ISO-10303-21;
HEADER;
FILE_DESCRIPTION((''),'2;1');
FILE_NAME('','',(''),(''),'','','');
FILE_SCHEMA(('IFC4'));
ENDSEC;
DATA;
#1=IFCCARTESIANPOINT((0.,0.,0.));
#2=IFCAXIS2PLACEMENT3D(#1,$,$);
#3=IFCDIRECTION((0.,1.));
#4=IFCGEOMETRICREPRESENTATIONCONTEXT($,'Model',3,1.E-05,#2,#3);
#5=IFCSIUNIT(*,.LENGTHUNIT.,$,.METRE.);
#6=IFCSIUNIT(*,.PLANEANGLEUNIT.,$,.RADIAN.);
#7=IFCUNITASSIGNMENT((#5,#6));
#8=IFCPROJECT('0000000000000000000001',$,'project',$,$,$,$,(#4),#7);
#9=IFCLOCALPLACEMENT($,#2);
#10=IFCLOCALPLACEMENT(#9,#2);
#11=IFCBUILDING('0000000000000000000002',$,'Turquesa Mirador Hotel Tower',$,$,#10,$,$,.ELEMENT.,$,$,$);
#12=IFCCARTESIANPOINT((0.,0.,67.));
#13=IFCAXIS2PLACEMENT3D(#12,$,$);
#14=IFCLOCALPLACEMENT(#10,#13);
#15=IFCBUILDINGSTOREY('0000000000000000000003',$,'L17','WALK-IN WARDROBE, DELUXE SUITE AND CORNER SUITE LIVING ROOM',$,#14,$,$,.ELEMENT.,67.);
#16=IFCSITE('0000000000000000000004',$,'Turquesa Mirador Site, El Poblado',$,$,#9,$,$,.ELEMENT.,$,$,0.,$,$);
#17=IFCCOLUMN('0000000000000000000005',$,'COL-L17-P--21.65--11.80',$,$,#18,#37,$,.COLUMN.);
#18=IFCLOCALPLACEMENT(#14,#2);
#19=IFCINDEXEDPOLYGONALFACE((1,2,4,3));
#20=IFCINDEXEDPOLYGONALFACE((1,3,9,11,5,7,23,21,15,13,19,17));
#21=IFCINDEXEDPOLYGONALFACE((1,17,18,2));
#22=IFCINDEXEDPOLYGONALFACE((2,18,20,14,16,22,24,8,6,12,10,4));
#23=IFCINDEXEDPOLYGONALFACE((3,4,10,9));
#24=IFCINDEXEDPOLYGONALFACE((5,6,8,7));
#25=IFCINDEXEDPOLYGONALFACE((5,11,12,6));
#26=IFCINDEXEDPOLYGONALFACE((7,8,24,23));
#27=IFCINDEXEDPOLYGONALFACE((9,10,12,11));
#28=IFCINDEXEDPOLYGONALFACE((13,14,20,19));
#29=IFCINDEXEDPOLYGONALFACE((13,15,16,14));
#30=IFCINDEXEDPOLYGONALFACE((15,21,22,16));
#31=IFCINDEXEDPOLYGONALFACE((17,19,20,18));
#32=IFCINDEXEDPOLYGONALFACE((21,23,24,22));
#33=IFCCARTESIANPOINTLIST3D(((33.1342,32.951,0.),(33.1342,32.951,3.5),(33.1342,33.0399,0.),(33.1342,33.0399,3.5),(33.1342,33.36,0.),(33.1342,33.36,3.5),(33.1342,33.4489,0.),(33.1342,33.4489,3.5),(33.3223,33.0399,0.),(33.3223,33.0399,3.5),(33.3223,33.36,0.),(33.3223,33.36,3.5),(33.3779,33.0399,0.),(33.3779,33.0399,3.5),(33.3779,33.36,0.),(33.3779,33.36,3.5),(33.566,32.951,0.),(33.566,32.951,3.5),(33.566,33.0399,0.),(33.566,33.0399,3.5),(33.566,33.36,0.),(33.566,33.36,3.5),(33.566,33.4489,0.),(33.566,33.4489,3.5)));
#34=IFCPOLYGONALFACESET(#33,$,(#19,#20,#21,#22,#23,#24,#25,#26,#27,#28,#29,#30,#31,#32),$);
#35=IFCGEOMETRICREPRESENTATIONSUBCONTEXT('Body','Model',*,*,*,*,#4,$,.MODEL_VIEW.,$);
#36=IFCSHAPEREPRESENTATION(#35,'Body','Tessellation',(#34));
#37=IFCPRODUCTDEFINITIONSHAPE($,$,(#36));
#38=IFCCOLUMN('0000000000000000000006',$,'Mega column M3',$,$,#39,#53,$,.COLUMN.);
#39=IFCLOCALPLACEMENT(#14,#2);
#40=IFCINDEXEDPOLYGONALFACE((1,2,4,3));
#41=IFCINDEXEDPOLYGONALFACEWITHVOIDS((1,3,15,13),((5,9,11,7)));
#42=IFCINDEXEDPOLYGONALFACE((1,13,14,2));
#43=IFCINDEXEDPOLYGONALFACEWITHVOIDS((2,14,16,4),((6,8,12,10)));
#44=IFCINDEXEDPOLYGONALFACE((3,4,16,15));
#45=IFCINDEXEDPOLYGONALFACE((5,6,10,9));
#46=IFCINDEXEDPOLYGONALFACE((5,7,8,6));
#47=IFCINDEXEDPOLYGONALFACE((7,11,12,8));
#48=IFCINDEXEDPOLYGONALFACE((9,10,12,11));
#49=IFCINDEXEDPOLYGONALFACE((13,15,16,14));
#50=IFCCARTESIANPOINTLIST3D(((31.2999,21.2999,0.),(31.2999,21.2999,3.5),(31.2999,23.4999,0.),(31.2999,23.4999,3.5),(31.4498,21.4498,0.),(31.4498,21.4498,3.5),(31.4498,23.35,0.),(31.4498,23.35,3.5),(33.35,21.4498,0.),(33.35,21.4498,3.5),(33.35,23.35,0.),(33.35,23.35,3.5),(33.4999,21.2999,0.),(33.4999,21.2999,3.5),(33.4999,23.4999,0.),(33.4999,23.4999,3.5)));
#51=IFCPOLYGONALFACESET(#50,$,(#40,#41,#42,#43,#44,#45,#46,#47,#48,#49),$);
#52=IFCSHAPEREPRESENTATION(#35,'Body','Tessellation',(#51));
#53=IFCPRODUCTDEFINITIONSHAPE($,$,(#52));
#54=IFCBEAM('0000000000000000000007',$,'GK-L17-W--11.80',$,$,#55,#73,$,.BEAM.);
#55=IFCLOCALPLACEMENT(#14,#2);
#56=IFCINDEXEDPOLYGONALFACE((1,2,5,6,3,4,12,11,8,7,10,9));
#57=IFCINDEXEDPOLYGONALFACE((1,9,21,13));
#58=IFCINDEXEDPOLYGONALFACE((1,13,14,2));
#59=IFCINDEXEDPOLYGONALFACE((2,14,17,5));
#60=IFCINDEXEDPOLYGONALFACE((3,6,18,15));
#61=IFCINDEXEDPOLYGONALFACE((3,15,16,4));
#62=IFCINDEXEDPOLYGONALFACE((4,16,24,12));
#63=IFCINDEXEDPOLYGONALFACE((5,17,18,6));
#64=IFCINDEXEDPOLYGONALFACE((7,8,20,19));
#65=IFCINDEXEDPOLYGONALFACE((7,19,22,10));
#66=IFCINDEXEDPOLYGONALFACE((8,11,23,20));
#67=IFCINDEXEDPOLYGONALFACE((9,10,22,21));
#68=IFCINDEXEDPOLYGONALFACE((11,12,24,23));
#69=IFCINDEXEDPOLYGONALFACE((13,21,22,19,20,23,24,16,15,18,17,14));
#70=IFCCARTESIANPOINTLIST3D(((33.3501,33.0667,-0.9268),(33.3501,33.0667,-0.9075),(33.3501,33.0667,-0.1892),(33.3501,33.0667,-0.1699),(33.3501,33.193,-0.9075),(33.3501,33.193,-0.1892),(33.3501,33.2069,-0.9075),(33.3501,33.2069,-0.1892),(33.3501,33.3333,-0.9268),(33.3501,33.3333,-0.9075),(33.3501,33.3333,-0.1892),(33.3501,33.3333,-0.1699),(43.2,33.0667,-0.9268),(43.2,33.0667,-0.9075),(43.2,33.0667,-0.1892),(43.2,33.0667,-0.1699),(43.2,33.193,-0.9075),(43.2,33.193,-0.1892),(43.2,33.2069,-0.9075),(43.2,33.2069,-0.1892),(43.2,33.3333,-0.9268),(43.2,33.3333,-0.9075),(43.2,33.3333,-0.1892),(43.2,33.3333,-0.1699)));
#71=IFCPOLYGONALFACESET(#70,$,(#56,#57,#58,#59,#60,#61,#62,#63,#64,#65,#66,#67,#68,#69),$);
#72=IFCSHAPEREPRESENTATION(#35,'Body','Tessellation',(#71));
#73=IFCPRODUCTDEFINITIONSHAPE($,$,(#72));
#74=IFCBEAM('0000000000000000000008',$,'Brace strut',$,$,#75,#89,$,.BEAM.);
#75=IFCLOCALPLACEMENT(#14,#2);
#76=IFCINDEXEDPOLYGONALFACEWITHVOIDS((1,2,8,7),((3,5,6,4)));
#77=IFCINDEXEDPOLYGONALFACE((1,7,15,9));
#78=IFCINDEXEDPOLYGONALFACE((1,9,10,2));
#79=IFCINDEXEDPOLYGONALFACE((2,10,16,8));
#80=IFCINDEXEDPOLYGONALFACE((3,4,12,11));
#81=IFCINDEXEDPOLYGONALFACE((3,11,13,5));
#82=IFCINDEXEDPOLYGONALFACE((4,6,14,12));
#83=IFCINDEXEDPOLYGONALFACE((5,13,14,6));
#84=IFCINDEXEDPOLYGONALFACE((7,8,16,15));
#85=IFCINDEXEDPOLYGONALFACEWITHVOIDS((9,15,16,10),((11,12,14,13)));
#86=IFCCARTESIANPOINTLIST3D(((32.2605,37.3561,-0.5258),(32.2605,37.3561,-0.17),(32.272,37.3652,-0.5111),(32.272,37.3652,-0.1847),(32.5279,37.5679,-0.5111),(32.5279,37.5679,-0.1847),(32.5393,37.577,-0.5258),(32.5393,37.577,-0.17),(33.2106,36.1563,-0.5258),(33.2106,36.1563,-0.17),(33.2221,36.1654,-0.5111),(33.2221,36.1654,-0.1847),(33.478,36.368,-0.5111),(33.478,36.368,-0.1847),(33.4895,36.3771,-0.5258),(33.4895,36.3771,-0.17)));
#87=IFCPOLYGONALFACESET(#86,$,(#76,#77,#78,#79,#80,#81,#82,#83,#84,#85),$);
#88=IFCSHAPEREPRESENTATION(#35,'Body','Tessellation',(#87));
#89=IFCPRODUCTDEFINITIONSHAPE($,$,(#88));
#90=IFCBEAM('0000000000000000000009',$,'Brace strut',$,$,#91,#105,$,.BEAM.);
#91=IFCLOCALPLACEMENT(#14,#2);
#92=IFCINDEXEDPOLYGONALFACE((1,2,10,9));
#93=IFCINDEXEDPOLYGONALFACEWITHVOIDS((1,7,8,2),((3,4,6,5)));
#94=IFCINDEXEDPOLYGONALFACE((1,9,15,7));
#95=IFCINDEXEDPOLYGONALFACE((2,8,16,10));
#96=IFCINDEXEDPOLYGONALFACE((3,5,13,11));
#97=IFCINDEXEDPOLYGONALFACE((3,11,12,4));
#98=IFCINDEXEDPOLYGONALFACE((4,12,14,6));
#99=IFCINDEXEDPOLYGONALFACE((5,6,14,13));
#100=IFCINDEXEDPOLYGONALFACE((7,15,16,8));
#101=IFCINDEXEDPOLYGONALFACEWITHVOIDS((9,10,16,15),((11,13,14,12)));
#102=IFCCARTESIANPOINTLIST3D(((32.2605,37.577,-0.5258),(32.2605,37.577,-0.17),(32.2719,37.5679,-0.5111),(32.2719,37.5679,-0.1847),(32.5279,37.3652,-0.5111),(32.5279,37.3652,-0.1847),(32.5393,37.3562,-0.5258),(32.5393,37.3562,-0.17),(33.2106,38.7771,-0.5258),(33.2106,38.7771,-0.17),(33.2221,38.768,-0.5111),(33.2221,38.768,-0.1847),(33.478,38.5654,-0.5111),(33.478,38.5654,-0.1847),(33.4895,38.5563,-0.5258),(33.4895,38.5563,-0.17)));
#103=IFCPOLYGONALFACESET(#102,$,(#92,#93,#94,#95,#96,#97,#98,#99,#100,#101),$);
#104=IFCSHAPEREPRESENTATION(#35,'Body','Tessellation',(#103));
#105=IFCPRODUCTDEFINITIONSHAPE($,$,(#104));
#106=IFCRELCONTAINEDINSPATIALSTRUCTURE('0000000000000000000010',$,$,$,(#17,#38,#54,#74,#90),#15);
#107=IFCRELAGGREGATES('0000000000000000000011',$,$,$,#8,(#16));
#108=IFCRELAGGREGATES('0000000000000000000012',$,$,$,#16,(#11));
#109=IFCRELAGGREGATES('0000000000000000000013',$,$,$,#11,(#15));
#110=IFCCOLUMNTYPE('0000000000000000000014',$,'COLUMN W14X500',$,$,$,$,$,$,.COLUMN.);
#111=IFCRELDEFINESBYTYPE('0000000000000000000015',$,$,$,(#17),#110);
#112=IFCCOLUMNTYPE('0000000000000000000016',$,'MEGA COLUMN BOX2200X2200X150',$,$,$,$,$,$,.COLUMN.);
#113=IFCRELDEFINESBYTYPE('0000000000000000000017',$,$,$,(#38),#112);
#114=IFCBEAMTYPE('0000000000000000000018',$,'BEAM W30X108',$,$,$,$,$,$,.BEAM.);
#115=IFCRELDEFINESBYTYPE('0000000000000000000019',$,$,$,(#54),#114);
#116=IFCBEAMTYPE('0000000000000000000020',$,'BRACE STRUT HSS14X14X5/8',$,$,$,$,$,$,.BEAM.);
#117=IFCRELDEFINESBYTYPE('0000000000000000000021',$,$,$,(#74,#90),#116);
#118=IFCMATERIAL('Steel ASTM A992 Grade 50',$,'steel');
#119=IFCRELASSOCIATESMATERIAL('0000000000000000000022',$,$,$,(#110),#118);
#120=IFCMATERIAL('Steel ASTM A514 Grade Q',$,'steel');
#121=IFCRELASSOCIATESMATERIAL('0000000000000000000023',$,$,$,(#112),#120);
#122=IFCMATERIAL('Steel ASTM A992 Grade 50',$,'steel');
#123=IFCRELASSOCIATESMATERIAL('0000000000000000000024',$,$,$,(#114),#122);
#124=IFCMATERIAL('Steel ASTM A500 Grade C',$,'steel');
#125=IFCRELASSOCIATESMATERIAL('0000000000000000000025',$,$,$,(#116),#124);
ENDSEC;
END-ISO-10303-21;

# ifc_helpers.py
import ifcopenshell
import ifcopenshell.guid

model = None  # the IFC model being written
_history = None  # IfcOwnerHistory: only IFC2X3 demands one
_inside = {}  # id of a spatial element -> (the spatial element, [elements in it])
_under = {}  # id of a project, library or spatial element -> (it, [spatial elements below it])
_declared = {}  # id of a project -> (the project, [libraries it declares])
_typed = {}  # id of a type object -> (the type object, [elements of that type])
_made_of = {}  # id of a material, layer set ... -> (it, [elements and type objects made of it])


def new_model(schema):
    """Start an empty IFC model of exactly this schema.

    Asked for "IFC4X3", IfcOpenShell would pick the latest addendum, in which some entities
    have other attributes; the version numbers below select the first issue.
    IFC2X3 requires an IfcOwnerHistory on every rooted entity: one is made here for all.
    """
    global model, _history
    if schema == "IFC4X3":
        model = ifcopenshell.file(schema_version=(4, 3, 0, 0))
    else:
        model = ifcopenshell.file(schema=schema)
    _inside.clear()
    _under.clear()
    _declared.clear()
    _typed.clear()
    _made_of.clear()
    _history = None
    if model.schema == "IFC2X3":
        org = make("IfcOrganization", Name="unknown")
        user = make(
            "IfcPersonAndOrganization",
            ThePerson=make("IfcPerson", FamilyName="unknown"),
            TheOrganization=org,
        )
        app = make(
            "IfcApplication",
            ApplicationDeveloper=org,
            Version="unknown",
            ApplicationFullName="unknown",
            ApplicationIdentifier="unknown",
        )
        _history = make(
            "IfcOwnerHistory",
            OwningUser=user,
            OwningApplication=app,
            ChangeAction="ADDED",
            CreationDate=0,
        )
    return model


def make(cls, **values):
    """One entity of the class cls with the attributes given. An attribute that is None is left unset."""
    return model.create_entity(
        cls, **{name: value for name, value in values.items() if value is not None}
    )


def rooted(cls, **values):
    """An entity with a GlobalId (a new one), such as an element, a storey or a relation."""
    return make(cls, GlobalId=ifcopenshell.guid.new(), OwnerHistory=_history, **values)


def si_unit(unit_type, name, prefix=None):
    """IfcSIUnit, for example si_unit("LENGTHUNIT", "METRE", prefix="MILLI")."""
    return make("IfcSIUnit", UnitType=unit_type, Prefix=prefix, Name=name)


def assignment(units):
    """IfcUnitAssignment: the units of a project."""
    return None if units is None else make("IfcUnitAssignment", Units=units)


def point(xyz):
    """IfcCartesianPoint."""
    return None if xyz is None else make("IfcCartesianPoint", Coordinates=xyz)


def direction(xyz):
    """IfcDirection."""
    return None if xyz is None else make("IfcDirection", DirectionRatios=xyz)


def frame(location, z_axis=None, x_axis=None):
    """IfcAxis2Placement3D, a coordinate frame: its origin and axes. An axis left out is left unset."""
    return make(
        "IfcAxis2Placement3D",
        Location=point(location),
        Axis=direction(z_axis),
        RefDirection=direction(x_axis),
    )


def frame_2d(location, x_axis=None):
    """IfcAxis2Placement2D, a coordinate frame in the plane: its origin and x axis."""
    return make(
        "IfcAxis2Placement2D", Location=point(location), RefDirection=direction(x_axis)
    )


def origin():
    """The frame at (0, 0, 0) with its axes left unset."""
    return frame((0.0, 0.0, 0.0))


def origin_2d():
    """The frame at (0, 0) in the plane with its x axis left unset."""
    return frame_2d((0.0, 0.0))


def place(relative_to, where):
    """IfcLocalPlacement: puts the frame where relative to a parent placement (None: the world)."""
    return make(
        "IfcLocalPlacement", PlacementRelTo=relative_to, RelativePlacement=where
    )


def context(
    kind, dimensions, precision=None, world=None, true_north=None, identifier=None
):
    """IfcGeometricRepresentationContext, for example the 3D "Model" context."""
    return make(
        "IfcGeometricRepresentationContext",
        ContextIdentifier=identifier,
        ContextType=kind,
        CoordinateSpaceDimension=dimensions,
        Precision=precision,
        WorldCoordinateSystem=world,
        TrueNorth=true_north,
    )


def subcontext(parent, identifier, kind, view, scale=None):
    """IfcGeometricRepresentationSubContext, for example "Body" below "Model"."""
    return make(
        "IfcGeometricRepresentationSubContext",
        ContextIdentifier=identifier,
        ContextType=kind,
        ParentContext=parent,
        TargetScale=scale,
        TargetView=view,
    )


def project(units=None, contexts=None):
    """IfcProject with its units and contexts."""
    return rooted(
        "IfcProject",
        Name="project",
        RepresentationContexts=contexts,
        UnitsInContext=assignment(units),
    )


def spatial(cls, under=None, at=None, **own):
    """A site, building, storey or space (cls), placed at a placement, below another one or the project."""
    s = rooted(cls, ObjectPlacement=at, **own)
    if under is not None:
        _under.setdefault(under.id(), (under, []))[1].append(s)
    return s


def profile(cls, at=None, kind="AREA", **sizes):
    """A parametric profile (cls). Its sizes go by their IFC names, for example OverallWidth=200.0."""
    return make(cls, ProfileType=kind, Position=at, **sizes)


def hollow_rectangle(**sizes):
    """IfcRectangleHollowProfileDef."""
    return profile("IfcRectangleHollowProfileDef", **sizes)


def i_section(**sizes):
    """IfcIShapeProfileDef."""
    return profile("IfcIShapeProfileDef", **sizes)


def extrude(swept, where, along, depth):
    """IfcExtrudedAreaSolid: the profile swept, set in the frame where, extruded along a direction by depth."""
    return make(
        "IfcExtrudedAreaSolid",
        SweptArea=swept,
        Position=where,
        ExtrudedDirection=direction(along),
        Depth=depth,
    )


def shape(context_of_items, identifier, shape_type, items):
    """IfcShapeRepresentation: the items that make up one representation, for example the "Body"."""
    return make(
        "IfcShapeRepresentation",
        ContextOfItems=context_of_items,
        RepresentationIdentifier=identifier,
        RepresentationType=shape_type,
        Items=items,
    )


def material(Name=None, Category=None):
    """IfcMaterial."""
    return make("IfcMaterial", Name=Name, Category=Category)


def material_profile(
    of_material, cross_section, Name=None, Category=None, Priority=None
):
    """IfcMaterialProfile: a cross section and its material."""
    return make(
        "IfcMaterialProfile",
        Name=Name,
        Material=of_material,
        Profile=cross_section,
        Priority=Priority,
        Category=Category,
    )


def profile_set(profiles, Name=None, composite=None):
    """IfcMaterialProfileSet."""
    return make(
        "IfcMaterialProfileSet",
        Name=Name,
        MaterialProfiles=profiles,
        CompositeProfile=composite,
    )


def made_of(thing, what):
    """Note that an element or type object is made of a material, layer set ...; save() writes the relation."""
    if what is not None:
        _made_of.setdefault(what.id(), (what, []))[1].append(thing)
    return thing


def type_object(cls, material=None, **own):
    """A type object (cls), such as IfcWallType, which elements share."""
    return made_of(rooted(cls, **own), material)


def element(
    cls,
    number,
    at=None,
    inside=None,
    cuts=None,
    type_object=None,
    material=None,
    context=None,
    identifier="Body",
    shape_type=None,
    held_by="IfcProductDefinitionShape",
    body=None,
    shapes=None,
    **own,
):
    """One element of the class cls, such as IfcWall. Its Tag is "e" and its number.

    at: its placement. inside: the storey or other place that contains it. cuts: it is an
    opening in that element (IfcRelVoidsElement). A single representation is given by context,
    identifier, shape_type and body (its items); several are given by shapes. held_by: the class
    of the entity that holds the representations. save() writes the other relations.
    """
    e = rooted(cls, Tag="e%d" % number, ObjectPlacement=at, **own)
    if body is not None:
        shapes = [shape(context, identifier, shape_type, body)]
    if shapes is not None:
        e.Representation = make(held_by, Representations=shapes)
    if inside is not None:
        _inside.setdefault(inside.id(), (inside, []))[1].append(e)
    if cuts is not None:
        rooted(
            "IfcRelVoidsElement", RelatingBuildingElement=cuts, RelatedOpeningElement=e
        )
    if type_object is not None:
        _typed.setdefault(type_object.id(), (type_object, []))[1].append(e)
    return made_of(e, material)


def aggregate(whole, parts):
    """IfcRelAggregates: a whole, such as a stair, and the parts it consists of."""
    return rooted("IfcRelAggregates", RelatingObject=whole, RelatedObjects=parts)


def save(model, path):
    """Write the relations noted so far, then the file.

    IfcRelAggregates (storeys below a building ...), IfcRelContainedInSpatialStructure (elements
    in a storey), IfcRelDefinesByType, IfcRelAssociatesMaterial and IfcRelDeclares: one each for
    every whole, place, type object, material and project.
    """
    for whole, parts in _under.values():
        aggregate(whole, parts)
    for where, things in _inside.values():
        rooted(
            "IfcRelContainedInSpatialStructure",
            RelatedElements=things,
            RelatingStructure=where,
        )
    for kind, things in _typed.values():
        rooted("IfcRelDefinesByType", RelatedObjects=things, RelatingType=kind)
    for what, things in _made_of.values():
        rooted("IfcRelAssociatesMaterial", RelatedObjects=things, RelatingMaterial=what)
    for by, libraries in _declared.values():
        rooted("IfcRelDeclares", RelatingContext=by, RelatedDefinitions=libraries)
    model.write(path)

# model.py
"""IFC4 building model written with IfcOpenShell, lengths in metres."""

from ifc_helpers import new_model, si_unit, direction, frame, origin, origin_2d, place, context, subcontext, project, spatial, hollow_rectangle, i_section, extrude, material, material_profile, profile_set, type_object, element, save


model = new_model("IFC4")

# Units and contexts
model_context = context("Model", 3, precision=1e-05, world=origin(), true_north=direction((0.0, 1.0)))
body_context = subcontext(model_context, "Body", "Model", "MODEL_VIEW")
ifc_project = project(units=[si_unit("LENGTHUNIT", "METRE"), si_unit("PLANEANGLEUNIT", "RADIAN")], contexts=[model_context])

# Site, building, storey
site_placement = place(None, origin())
site = spatial("IfcSite", under=ifc_project, at=site_placement, Name="Turquesa Mirador Site, El Poblado", CompositionType="ELEMENT", RefElevation=0.0)
building_placement = place(site_placement, origin())
building = spatial("IfcBuilding", under=site, at=building_placement, Name="Turquesa Mirador Hotel Tower", CompositionType="ELEMENT")
storey_placement = place(building_placement, frame((0.0, 0.0, 67.0)))
storey = spatial("IfcBuildingStorey", under=building, at=storey_placement, Name="L17", Description="WALK-IN WARDROBE, DELUXE SUITE AND CORNER SUITE LIVING ROOM", CompositionType="ELEMENT", Elevation=67.0)

# Columns
ifc_material_1 = material(Name="Steel ASTM A992 Grade 50", Category="steel")
ifc_material_profile_1 = material_profile(ifc_material_1, i_section(OverallWidth=0.4319, OverallDepth=0.4978, WebThickness=0.0557, FlangeThickness=0.0889, at=origin_2d()), Name="W14X500")
ifc_profile_set_1 = profile_set([ifc_material_profile_1], Name="Steel ASTM A992 Grade 50")
column_type_1 = type_object("IfcColumnType", Name="COLUMN W14X500", PredefinedType="COLUMN", material=ifc_profile_set_1)
column_1_placement = place(storey_placement, frame((33.3501, 33.2, 0.0), z_axis=(0.0, 0.0, 1.0), x_axis=(1.0, 0.0, 0.0)))
element("IfcColumn", 1, at=column_1_placement, inside=storey, type_object=column_type_1, Name="COL-L17-P--21.65--11.80", PredefinedType="COLUMN", context=body_context, shape_type="SweptSolid", body=[
    extrude(i_section(OverallWidth=0.4319, OverallDepth=0.4978, WebThickness=0.0557, FlangeThickness=0.0889, at=origin_2d()), origin(), (0.0, 0.0, 1.0), 3.5),
])
ifc_material_2 = material(Name="Steel ASTM A514 Grade Q", Category="steel")
ifc_material_profile_2 = material_profile(ifc_material_2, hollow_rectangle(XDim=2.2, YDim=2.2, WallThickness=0.1499, at=origin_2d()), Name="BOX2200X2200X150")
ifc_profile_set_2 = profile_set([ifc_material_profile_2], Name="Steel ASTM A514 Grade Q")
column_type_2 = type_object("IfcColumnType", Name="MEGA COLUMN BOX2200X2200X150", PredefinedType="COLUMN", material=ifc_profile_set_2)
column_2_placement = place(storey_placement, frame((32.3999, 22.3999, 0.0), z_axis=(0.0, 0.0, 1.0), x_axis=(1.0, 0.0, 0.0)))
element("IfcColumn", 2, at=column_2_placement, inside=storey, type_object=column_type_2, Name="Mega column M3", PredefinedType="COLUMN", context=body_context, shape_type="SweptSolid", body=[
    extrude(hollow_rectangle(XDim=2.2, YDim=2.2, WallThickness=0.1499, at=origin_2d()), origin(), (0.0, 0.0, 1.0), 3.5),
])

# Beams
ifc_material_3 = material(Name="Steel ASTM A992 Grade 50", Category="steel")
ifc_material_profile_3 = material_profile(ifc_material_3, i_section(OverallWidth=0.2666, OverallDepth=0.7568, WebThickness=0.0139, FlangeThickness=0.0193, at=origin_2d()), Name="W30X108")
ifc_profile_set_3 = profile_set([ifc_material_profile_3], Name="Steel ASTM A992 Grade 50")
beam_type_1 = type_object("IfcBeamType", Name="BEAM W30X108", PredefinedType="BEAM", material=ifc_profile_set_3)
beam_1_placement = place(storey_placement, frame((33.3501, 33.2, -0.5483), z_axis=(1.0, 0.0, 0.0), x_axis=(0.0, 1.0, 0.0)))
element("IfcBeam", 3, at=beam_1_placement, inside=storey, type_object=beam_type_1, Name="GK-L17-W--11.80", PredefinedType="BEAM", context=body_context, shape_type="SweptSolid", body=[
    extrude(i_section(OverallWidth=0.2666, OverallDepth=0.7568, WebThickness=0.0139, FlangeThickness=0.0193, at=origin_2d()), origin(), (0.0, 0.0, 1.0), 9.8499),
])
ifc_material_4 = material(Name="Steel ASTM A500 Grade C", Category="steel")
ifc_material_profile_4 = material_profile(ifc_material_4, hollow_rectangle(XDim=0.3557, YDim=0.3557, WallThickness=0.0146, at=origin_2d()), Name="HSS14X14X5/8")
ifc_profile_set_4 = profile_set([ifc_material_profile_4], Name="Steel ASTM A500 Grade C")
beam_type_2 = type_object("IfcBeamType", Name="BRACE STRUT HSS14X14X5/8", PredefinedType="BEAM", material=ifc_profile_set_4)
beam_2_placement = place(storey_placement, frame((32.3999, 37.4666, -0.3479), z_axis=(0.620797, -0.783971, 0.0), x_axis=(0.783971, 0.620797, 0.0)))
element("IfcBeam", 4, at=beam_2_placement, inside=storey, type_object=beam_type_2, Name="Brace strut", PredefinedType="BEAM", context=body_context, shape_type="SweptSolid", body=[
    extrude(hollow_rectangle(XDim=0.3557, YDim=0.3557, WallThickness=0.0146, at=origin_2d()), origin(), (0.0, 0.0, 1.0), 1.5305),
])
beam_3_placement = place(storey_placement, frame((32.3999, 37.4666, -0.3479), z_axis=(0.620719, 0.784033, 0.0), x_axis=(-0.784033, 0.620719, 0.0)))
element("IfcBeam", 5, at=beam_3_placement, inside=storey, type_object=beam_type_2, Name="Brace strut", PredefinedType="BEAM", context=body_context, shape_type="SweptSolid", body=[
    extrude(hollow_rectangle(XDim=0.3557, YDim=0.3557, WallThickness=0.0146, at=origin_2d()), origin(), (0.0, 0.0, 1.0), 1.5308),
])

save(model, "model.ifc")
